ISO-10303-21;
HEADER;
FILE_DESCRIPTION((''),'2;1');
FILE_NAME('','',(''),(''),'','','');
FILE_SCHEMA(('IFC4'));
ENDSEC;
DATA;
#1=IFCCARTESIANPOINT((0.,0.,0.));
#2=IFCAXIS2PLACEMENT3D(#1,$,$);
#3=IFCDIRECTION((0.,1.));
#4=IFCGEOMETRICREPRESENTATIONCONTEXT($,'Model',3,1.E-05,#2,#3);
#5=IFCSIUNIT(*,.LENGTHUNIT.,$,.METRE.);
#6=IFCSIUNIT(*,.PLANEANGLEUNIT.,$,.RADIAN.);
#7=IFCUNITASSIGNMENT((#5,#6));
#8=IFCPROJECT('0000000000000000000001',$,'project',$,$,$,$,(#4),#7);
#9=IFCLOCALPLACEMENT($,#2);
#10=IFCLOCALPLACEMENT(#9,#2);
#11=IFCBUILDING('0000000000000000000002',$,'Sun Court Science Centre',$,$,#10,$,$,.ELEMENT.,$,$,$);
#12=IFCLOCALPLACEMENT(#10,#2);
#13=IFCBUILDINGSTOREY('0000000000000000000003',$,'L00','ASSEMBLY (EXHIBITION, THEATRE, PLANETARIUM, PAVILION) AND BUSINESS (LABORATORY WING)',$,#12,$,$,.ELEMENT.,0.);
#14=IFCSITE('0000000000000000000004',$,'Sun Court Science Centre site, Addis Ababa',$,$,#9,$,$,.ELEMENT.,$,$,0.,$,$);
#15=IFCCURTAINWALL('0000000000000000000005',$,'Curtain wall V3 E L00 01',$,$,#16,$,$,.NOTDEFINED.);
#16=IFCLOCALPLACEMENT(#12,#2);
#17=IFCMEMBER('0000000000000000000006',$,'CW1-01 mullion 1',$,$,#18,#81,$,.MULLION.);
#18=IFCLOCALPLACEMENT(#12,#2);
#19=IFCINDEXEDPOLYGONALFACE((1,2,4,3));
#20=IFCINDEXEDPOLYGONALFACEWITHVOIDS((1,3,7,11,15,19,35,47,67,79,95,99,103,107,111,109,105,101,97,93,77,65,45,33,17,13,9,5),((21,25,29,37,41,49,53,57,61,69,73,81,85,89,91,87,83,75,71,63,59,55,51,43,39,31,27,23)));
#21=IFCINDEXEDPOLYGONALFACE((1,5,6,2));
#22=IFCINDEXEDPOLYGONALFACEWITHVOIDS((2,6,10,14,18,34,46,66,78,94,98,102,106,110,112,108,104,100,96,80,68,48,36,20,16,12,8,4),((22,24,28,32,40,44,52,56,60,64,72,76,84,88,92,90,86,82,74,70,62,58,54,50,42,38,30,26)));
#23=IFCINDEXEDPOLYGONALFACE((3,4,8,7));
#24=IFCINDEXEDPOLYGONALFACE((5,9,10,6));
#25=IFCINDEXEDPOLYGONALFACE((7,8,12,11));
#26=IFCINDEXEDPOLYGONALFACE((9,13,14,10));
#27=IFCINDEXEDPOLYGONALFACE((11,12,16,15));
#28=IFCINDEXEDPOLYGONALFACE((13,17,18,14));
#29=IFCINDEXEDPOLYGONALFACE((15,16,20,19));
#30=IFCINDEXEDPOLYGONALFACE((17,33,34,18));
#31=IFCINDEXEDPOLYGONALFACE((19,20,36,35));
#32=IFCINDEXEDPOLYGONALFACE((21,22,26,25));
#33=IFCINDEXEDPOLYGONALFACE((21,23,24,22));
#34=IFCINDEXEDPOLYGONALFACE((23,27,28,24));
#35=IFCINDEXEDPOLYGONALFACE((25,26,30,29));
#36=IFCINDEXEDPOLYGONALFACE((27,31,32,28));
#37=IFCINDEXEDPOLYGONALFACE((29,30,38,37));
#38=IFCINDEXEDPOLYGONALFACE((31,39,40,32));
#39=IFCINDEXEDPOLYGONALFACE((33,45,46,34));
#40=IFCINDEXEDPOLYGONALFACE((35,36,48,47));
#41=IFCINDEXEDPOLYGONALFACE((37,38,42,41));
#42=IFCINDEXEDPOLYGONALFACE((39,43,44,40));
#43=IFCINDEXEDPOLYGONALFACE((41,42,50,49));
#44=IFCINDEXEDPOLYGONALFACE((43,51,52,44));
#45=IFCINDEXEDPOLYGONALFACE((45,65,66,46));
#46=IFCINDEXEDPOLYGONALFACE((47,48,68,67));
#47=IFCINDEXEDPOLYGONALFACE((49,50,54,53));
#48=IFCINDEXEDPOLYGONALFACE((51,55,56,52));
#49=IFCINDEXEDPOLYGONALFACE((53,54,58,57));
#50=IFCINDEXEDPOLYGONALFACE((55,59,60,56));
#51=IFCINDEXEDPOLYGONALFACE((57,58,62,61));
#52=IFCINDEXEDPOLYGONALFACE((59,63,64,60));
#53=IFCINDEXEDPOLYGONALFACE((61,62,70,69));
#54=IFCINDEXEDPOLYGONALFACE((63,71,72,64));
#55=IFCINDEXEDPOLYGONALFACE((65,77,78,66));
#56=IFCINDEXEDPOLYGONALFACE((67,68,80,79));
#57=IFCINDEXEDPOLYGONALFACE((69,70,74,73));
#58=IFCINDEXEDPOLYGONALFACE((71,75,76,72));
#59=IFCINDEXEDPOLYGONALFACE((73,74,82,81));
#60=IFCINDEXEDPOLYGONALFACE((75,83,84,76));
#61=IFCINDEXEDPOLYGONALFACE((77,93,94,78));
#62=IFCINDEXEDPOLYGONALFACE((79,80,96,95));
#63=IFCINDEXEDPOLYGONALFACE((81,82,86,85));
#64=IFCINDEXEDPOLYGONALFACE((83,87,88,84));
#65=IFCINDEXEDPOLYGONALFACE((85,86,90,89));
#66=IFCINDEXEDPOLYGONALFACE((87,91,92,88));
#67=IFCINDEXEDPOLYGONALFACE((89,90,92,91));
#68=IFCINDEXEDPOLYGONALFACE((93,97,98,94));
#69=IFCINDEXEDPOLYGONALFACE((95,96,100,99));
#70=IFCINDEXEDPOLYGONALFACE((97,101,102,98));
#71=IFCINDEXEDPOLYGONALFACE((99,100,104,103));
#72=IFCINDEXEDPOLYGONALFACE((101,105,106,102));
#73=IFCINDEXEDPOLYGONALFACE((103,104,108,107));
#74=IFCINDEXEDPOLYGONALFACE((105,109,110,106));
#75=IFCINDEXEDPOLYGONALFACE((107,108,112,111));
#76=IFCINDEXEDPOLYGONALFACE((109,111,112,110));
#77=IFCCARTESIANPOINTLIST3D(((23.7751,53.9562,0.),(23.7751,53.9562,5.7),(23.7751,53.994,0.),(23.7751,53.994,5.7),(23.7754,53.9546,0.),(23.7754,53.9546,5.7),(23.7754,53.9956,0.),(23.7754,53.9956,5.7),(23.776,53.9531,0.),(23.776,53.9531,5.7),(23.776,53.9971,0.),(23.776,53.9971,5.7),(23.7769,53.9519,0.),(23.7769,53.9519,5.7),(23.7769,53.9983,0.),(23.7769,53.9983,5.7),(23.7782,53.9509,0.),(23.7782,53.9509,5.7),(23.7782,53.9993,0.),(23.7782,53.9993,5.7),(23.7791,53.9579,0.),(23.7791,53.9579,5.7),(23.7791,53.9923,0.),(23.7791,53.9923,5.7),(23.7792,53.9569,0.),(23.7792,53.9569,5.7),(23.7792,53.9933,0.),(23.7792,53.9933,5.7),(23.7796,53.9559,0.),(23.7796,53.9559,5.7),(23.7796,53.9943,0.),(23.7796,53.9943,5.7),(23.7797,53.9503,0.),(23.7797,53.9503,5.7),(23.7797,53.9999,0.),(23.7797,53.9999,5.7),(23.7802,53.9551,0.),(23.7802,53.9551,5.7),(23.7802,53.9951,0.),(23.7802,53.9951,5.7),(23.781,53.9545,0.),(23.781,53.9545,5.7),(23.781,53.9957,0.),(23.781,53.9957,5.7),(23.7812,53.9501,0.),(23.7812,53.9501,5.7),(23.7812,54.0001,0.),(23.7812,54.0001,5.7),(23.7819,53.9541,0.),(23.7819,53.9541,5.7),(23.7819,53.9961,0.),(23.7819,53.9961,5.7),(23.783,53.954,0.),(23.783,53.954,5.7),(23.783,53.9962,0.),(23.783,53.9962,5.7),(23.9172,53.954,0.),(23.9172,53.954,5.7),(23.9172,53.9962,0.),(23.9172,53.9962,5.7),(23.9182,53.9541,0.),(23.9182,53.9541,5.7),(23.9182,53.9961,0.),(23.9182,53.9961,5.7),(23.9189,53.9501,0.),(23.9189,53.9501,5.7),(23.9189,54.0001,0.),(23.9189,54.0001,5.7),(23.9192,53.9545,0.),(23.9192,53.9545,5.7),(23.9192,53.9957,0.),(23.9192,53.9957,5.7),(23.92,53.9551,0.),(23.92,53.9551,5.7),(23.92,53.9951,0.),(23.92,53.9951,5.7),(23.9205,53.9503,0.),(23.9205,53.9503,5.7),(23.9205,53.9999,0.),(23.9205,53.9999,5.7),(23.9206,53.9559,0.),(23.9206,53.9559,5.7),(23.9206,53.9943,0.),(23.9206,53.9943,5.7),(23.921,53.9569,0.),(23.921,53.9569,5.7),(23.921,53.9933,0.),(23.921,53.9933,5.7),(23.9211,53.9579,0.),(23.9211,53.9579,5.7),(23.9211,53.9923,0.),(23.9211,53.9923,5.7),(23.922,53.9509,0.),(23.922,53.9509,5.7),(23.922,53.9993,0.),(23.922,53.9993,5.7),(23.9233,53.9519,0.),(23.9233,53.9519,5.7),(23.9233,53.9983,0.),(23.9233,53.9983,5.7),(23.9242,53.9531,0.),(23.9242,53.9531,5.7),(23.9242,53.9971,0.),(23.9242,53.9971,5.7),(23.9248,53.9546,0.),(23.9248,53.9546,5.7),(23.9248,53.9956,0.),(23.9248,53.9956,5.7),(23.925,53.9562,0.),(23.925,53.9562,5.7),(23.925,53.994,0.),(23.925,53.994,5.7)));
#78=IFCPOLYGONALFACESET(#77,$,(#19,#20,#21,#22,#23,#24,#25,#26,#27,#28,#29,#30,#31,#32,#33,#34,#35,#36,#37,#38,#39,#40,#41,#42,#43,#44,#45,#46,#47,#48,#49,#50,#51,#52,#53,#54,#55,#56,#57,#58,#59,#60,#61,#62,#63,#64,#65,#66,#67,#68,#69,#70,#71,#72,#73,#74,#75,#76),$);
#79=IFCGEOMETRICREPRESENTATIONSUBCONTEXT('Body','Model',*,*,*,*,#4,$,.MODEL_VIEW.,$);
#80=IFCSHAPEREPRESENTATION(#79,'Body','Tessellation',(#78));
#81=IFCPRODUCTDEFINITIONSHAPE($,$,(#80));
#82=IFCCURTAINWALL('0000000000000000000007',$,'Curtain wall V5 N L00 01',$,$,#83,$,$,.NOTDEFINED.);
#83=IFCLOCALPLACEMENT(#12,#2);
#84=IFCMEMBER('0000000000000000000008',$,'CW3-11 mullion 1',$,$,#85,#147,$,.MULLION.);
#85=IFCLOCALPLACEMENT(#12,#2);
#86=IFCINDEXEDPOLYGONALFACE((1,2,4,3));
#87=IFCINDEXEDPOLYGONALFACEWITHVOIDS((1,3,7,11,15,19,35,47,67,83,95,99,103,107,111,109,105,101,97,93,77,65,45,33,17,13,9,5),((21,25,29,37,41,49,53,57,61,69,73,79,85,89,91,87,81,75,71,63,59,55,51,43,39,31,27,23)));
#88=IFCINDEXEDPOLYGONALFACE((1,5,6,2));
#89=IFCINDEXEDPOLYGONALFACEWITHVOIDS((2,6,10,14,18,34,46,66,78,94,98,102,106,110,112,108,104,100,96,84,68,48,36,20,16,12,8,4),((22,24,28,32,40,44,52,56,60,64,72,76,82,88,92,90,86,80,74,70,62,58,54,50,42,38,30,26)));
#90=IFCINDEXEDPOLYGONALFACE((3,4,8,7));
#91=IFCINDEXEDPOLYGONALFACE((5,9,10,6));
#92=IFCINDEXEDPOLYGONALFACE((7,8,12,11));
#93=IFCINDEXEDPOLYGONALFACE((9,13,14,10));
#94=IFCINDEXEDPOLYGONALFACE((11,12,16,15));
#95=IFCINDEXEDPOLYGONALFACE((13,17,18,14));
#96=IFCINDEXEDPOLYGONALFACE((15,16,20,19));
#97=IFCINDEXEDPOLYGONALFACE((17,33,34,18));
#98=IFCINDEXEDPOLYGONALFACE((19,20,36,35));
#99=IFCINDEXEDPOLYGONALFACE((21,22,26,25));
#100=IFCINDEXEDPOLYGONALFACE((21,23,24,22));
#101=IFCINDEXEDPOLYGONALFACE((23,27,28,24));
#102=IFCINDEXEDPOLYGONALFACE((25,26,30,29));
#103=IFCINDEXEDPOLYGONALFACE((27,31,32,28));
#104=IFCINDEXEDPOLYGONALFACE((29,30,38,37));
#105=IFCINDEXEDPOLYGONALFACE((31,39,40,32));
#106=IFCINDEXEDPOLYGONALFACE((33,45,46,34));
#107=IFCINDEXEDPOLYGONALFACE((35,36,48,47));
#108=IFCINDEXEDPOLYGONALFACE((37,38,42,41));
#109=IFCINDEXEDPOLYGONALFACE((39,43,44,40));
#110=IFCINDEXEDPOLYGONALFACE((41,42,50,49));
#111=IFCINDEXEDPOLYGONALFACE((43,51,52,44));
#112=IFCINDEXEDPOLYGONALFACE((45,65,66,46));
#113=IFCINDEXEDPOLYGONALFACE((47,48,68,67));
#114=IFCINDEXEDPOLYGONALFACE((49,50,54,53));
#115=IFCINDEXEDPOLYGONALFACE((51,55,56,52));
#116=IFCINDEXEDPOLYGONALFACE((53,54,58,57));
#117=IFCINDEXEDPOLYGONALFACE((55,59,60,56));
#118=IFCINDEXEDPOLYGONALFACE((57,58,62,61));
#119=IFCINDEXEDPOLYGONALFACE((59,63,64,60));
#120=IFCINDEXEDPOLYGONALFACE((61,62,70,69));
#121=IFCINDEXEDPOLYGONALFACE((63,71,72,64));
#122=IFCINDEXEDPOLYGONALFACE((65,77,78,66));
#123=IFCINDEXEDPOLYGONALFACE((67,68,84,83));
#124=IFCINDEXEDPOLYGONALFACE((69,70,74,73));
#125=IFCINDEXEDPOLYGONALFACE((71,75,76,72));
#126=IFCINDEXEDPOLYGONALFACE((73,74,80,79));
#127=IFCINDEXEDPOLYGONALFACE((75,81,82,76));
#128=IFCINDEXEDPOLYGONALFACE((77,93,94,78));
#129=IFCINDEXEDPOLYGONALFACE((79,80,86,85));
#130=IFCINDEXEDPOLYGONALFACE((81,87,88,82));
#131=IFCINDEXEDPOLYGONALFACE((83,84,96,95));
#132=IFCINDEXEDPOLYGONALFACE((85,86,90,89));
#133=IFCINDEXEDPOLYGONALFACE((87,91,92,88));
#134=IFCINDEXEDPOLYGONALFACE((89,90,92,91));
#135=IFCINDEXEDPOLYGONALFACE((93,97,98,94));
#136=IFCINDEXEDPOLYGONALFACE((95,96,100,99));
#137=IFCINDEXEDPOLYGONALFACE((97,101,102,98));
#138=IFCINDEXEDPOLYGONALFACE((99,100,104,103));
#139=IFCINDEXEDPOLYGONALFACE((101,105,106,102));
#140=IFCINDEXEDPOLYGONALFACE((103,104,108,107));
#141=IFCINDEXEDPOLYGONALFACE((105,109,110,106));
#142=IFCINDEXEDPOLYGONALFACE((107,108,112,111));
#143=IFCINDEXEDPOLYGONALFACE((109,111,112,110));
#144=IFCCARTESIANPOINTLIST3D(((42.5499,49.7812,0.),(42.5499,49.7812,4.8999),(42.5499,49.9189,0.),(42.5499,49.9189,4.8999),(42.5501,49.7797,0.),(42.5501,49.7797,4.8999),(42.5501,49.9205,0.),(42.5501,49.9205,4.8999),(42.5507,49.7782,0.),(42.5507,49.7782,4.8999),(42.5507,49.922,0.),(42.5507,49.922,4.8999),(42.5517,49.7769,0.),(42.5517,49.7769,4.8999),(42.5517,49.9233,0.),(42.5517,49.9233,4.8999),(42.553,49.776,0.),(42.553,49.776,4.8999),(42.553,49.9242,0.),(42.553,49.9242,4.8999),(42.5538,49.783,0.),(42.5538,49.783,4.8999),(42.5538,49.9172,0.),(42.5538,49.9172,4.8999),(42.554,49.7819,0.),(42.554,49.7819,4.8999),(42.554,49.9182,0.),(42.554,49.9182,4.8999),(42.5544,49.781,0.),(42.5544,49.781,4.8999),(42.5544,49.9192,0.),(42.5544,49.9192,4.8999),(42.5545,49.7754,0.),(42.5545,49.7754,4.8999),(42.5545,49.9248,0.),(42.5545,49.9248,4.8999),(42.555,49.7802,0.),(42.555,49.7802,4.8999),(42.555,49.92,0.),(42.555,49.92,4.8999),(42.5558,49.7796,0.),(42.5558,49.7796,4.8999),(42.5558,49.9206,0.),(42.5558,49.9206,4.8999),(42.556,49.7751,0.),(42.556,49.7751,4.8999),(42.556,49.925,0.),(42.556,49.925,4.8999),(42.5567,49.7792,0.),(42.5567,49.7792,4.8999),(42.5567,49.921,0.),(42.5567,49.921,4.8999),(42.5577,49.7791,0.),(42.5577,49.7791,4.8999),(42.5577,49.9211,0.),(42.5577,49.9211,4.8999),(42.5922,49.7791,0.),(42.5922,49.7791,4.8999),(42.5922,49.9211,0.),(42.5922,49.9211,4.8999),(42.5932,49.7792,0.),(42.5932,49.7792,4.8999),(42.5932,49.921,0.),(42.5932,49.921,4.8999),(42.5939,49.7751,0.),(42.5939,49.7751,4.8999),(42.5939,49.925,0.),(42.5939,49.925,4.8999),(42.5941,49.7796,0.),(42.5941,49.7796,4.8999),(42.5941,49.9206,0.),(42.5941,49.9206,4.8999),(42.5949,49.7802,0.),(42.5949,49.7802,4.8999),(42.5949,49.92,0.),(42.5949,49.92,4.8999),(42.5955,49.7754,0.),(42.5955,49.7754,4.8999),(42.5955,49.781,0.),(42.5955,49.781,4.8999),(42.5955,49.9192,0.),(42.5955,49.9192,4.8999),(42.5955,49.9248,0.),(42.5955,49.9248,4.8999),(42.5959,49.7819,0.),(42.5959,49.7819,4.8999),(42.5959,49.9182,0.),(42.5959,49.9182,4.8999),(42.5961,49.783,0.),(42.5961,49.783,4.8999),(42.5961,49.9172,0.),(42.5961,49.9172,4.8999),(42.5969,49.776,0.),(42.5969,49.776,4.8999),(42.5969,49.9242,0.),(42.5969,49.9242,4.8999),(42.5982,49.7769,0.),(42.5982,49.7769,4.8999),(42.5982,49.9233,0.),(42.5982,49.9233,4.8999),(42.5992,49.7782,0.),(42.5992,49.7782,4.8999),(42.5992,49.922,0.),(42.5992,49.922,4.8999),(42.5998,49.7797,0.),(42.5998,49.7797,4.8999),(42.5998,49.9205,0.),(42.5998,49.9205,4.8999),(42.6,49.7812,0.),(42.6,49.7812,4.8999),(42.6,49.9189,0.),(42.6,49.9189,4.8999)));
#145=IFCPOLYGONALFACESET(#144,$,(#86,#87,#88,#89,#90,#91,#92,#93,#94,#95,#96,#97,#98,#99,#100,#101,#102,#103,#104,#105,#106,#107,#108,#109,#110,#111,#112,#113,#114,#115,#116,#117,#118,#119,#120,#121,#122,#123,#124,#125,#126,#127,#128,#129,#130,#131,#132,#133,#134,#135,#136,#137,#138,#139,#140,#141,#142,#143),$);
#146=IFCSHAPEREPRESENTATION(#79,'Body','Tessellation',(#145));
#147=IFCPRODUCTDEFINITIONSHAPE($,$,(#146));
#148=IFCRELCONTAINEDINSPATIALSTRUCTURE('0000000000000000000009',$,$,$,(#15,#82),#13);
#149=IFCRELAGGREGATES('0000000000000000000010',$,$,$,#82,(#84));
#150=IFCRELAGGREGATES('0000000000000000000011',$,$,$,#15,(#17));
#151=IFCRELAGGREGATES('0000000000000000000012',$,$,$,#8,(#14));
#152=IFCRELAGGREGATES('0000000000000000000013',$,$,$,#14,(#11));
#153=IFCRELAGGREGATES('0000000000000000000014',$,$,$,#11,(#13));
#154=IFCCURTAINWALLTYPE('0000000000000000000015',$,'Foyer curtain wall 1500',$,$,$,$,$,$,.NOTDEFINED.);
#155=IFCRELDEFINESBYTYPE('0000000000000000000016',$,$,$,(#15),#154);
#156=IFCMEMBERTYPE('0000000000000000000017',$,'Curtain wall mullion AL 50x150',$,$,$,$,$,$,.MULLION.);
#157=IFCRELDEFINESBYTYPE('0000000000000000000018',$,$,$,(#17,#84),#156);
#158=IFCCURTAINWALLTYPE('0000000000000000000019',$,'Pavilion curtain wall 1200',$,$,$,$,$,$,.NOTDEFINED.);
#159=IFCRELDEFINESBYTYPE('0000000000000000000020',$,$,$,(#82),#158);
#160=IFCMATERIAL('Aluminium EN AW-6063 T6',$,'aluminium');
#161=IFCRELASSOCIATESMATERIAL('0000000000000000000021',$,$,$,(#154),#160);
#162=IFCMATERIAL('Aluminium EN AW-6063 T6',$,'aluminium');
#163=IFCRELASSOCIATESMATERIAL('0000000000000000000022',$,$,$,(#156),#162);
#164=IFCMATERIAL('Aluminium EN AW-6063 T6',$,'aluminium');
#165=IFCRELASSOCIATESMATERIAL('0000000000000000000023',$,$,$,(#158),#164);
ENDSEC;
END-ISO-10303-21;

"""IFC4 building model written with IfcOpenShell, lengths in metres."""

from ifc_helpers import new_model, si_unit, direction, frame, origin, origin_2d, place, context, subcontext, project, spatial, hollow_rectangle, extrude, material, material_profile, profile_set, type_object, element, aggregate, save


model = new_model("IFC4")

# Units and contexts
model_context = context("Model", 3, precision=1e-05, world=origin(), true_north=direction((0.0, 1.0)))
body_context = subcontext(model_context, "Body", "Model", "MODEL_VIEW")
ifc_project = project(units=[si_unit("LENGTHUNIT", "METRE"), si_unit("PLANEANGLEUNIT", "RADIAN")], contexts=[model_context])

# Site, building, storey
site_placement = place(None, origin())
site = spatial("IfcSite", under=ifc_project, at=site_placement, Name="Sun Court Science Centre site, Addis Ababa", CompositionType="ELEMENT", RefElevation=0.0)
building_placement = place(site_placement, origin())
building = spatial("IfcBuilding", under=site, at=building_placement, Name="Sun Court Science Centre", CompositionType="ELEMENT")
storey_placement = place(building_placement, origin())
storey = spatial("IfcBuildingStorey", under=building, at=storey_placement, Name="L00", Description="ASSEMBLY (EXHIBITION, THEATRE, PLANETARIUM, PAVILION) AND BUSINESS (LABORATORY WING)", CompositionType="ELEMENT", Elevation=0.0)

# Curtain wall, member
ifc_material_1 = material(Name="Aluminium EN AW-6063 T6", Category="aluminium")
curtain_wall_type_1 = type_object("IfcCurtainWallType", Name="Foyer curtain wall 1500", PredefinedType="NOTDEFINED", material=ifc_material_1)
curtain_wall_1_placement = place(storey_placement, origin())
curtain_wall_1 = element("IfcCurtainWall", 1, at=curtain_wall_1_placement, inside=storey, type_object=curtain_wall_type_1, Name="Curtain wall V3 E L00 01", PredefinedType="NOTDEFINED")
ifc_material_2 = material(Name="Aluminium EN AW-6063 T6", Category="aluminium")
ifc_material_profile_1 = material_profile(ifc_material_2, hollow_rectangle(XDim=0.05, YDim=0.1499, WallThickness=0.0039, InnerFilletRadius=0.0039, OuterFilletRadius=0.0061, at=origin_2d()), Name="AL 50x150x4")
ifc_profile_set_1 = profile_set([ifc_material_profile_1], Name="Aluminium EN AW-6063 T6")
member_type_1 = type_object("IfcMemberType", Name="Curtain wall mullion AL 50x150", PredefinedType="MULLION", material=ifc_profile_set_1)
member_1_placement = place(storey_placement, frame((23.8501, 53.9751, 0.0), z_axis=(0.0, 0.0, 1.0), x_axis=(0.0, -1.0, 0.0)))
member_1 = element("IfcMember", 2, at=member_1_placement, type_object=member_type_1, Name="CW1-01 mullion 1", PredefinedType="MULLION", context=body_context, shape_type="SweptSolid", body=[
    extrude(hollow_rectangle(XDim=0.05, YDim=0.1499, WallThickness=0.0039, InnerFilletRadius=0.0039, OuterFilletRadius=0.0061, at=origin_2d()), origin(), (0.0, 0.0, 1.0), 5.7),
])

# Curtain wall, member
ifc_material_3 = material(Name="Aluminium EN AW-6063 T6", Category="aluminium")
curtain_wall_type_2 = type_object("IfcCurtainWallType", Name="Pavilion curtain wall 1200", PredefinedType="NOTDEFINED", material=ifc_material_3)
curtain_wall_2_placement = place(storey_placement, origin())
curtain_wall_2 = element("IfcCurtainWall", 3, at=curtain_wall_2_placement, inside=storey, type_object=curtain_wall_type_2, Name="Curtain wall V5 N L00 01", PredefinedType="NOTDEFINED")
member_2_placement = place(storey_placement, frame((42.575, 49.8501, 0.0), z_axis=(0.0, 0.0, 1.0), x_axis=(1.0, 0.0, 0.0)))
member_2 = element("IfcMember", 4, at=member_2_placement, type_object=member_type_1, Name="CW3-11 mullion 1", PredefinedType="MULLION", context=body_context, shape_type="SweptSolid", body=[
    extrude(hollow_rectangle(XDim=0.05, YDim=0.1499, WallThickness=0.0039, InnerFilletRadius=0.0039, OuterFilletRadius=0.0061, at=origin_2d()), origin(), (0.0, 0.0, 1.0), 4.8999),
])

aggregate(curtain_wall_2, [member_2])

aggregate(curtain_wall_1, [member_1])

save(model, "model.ifc")
